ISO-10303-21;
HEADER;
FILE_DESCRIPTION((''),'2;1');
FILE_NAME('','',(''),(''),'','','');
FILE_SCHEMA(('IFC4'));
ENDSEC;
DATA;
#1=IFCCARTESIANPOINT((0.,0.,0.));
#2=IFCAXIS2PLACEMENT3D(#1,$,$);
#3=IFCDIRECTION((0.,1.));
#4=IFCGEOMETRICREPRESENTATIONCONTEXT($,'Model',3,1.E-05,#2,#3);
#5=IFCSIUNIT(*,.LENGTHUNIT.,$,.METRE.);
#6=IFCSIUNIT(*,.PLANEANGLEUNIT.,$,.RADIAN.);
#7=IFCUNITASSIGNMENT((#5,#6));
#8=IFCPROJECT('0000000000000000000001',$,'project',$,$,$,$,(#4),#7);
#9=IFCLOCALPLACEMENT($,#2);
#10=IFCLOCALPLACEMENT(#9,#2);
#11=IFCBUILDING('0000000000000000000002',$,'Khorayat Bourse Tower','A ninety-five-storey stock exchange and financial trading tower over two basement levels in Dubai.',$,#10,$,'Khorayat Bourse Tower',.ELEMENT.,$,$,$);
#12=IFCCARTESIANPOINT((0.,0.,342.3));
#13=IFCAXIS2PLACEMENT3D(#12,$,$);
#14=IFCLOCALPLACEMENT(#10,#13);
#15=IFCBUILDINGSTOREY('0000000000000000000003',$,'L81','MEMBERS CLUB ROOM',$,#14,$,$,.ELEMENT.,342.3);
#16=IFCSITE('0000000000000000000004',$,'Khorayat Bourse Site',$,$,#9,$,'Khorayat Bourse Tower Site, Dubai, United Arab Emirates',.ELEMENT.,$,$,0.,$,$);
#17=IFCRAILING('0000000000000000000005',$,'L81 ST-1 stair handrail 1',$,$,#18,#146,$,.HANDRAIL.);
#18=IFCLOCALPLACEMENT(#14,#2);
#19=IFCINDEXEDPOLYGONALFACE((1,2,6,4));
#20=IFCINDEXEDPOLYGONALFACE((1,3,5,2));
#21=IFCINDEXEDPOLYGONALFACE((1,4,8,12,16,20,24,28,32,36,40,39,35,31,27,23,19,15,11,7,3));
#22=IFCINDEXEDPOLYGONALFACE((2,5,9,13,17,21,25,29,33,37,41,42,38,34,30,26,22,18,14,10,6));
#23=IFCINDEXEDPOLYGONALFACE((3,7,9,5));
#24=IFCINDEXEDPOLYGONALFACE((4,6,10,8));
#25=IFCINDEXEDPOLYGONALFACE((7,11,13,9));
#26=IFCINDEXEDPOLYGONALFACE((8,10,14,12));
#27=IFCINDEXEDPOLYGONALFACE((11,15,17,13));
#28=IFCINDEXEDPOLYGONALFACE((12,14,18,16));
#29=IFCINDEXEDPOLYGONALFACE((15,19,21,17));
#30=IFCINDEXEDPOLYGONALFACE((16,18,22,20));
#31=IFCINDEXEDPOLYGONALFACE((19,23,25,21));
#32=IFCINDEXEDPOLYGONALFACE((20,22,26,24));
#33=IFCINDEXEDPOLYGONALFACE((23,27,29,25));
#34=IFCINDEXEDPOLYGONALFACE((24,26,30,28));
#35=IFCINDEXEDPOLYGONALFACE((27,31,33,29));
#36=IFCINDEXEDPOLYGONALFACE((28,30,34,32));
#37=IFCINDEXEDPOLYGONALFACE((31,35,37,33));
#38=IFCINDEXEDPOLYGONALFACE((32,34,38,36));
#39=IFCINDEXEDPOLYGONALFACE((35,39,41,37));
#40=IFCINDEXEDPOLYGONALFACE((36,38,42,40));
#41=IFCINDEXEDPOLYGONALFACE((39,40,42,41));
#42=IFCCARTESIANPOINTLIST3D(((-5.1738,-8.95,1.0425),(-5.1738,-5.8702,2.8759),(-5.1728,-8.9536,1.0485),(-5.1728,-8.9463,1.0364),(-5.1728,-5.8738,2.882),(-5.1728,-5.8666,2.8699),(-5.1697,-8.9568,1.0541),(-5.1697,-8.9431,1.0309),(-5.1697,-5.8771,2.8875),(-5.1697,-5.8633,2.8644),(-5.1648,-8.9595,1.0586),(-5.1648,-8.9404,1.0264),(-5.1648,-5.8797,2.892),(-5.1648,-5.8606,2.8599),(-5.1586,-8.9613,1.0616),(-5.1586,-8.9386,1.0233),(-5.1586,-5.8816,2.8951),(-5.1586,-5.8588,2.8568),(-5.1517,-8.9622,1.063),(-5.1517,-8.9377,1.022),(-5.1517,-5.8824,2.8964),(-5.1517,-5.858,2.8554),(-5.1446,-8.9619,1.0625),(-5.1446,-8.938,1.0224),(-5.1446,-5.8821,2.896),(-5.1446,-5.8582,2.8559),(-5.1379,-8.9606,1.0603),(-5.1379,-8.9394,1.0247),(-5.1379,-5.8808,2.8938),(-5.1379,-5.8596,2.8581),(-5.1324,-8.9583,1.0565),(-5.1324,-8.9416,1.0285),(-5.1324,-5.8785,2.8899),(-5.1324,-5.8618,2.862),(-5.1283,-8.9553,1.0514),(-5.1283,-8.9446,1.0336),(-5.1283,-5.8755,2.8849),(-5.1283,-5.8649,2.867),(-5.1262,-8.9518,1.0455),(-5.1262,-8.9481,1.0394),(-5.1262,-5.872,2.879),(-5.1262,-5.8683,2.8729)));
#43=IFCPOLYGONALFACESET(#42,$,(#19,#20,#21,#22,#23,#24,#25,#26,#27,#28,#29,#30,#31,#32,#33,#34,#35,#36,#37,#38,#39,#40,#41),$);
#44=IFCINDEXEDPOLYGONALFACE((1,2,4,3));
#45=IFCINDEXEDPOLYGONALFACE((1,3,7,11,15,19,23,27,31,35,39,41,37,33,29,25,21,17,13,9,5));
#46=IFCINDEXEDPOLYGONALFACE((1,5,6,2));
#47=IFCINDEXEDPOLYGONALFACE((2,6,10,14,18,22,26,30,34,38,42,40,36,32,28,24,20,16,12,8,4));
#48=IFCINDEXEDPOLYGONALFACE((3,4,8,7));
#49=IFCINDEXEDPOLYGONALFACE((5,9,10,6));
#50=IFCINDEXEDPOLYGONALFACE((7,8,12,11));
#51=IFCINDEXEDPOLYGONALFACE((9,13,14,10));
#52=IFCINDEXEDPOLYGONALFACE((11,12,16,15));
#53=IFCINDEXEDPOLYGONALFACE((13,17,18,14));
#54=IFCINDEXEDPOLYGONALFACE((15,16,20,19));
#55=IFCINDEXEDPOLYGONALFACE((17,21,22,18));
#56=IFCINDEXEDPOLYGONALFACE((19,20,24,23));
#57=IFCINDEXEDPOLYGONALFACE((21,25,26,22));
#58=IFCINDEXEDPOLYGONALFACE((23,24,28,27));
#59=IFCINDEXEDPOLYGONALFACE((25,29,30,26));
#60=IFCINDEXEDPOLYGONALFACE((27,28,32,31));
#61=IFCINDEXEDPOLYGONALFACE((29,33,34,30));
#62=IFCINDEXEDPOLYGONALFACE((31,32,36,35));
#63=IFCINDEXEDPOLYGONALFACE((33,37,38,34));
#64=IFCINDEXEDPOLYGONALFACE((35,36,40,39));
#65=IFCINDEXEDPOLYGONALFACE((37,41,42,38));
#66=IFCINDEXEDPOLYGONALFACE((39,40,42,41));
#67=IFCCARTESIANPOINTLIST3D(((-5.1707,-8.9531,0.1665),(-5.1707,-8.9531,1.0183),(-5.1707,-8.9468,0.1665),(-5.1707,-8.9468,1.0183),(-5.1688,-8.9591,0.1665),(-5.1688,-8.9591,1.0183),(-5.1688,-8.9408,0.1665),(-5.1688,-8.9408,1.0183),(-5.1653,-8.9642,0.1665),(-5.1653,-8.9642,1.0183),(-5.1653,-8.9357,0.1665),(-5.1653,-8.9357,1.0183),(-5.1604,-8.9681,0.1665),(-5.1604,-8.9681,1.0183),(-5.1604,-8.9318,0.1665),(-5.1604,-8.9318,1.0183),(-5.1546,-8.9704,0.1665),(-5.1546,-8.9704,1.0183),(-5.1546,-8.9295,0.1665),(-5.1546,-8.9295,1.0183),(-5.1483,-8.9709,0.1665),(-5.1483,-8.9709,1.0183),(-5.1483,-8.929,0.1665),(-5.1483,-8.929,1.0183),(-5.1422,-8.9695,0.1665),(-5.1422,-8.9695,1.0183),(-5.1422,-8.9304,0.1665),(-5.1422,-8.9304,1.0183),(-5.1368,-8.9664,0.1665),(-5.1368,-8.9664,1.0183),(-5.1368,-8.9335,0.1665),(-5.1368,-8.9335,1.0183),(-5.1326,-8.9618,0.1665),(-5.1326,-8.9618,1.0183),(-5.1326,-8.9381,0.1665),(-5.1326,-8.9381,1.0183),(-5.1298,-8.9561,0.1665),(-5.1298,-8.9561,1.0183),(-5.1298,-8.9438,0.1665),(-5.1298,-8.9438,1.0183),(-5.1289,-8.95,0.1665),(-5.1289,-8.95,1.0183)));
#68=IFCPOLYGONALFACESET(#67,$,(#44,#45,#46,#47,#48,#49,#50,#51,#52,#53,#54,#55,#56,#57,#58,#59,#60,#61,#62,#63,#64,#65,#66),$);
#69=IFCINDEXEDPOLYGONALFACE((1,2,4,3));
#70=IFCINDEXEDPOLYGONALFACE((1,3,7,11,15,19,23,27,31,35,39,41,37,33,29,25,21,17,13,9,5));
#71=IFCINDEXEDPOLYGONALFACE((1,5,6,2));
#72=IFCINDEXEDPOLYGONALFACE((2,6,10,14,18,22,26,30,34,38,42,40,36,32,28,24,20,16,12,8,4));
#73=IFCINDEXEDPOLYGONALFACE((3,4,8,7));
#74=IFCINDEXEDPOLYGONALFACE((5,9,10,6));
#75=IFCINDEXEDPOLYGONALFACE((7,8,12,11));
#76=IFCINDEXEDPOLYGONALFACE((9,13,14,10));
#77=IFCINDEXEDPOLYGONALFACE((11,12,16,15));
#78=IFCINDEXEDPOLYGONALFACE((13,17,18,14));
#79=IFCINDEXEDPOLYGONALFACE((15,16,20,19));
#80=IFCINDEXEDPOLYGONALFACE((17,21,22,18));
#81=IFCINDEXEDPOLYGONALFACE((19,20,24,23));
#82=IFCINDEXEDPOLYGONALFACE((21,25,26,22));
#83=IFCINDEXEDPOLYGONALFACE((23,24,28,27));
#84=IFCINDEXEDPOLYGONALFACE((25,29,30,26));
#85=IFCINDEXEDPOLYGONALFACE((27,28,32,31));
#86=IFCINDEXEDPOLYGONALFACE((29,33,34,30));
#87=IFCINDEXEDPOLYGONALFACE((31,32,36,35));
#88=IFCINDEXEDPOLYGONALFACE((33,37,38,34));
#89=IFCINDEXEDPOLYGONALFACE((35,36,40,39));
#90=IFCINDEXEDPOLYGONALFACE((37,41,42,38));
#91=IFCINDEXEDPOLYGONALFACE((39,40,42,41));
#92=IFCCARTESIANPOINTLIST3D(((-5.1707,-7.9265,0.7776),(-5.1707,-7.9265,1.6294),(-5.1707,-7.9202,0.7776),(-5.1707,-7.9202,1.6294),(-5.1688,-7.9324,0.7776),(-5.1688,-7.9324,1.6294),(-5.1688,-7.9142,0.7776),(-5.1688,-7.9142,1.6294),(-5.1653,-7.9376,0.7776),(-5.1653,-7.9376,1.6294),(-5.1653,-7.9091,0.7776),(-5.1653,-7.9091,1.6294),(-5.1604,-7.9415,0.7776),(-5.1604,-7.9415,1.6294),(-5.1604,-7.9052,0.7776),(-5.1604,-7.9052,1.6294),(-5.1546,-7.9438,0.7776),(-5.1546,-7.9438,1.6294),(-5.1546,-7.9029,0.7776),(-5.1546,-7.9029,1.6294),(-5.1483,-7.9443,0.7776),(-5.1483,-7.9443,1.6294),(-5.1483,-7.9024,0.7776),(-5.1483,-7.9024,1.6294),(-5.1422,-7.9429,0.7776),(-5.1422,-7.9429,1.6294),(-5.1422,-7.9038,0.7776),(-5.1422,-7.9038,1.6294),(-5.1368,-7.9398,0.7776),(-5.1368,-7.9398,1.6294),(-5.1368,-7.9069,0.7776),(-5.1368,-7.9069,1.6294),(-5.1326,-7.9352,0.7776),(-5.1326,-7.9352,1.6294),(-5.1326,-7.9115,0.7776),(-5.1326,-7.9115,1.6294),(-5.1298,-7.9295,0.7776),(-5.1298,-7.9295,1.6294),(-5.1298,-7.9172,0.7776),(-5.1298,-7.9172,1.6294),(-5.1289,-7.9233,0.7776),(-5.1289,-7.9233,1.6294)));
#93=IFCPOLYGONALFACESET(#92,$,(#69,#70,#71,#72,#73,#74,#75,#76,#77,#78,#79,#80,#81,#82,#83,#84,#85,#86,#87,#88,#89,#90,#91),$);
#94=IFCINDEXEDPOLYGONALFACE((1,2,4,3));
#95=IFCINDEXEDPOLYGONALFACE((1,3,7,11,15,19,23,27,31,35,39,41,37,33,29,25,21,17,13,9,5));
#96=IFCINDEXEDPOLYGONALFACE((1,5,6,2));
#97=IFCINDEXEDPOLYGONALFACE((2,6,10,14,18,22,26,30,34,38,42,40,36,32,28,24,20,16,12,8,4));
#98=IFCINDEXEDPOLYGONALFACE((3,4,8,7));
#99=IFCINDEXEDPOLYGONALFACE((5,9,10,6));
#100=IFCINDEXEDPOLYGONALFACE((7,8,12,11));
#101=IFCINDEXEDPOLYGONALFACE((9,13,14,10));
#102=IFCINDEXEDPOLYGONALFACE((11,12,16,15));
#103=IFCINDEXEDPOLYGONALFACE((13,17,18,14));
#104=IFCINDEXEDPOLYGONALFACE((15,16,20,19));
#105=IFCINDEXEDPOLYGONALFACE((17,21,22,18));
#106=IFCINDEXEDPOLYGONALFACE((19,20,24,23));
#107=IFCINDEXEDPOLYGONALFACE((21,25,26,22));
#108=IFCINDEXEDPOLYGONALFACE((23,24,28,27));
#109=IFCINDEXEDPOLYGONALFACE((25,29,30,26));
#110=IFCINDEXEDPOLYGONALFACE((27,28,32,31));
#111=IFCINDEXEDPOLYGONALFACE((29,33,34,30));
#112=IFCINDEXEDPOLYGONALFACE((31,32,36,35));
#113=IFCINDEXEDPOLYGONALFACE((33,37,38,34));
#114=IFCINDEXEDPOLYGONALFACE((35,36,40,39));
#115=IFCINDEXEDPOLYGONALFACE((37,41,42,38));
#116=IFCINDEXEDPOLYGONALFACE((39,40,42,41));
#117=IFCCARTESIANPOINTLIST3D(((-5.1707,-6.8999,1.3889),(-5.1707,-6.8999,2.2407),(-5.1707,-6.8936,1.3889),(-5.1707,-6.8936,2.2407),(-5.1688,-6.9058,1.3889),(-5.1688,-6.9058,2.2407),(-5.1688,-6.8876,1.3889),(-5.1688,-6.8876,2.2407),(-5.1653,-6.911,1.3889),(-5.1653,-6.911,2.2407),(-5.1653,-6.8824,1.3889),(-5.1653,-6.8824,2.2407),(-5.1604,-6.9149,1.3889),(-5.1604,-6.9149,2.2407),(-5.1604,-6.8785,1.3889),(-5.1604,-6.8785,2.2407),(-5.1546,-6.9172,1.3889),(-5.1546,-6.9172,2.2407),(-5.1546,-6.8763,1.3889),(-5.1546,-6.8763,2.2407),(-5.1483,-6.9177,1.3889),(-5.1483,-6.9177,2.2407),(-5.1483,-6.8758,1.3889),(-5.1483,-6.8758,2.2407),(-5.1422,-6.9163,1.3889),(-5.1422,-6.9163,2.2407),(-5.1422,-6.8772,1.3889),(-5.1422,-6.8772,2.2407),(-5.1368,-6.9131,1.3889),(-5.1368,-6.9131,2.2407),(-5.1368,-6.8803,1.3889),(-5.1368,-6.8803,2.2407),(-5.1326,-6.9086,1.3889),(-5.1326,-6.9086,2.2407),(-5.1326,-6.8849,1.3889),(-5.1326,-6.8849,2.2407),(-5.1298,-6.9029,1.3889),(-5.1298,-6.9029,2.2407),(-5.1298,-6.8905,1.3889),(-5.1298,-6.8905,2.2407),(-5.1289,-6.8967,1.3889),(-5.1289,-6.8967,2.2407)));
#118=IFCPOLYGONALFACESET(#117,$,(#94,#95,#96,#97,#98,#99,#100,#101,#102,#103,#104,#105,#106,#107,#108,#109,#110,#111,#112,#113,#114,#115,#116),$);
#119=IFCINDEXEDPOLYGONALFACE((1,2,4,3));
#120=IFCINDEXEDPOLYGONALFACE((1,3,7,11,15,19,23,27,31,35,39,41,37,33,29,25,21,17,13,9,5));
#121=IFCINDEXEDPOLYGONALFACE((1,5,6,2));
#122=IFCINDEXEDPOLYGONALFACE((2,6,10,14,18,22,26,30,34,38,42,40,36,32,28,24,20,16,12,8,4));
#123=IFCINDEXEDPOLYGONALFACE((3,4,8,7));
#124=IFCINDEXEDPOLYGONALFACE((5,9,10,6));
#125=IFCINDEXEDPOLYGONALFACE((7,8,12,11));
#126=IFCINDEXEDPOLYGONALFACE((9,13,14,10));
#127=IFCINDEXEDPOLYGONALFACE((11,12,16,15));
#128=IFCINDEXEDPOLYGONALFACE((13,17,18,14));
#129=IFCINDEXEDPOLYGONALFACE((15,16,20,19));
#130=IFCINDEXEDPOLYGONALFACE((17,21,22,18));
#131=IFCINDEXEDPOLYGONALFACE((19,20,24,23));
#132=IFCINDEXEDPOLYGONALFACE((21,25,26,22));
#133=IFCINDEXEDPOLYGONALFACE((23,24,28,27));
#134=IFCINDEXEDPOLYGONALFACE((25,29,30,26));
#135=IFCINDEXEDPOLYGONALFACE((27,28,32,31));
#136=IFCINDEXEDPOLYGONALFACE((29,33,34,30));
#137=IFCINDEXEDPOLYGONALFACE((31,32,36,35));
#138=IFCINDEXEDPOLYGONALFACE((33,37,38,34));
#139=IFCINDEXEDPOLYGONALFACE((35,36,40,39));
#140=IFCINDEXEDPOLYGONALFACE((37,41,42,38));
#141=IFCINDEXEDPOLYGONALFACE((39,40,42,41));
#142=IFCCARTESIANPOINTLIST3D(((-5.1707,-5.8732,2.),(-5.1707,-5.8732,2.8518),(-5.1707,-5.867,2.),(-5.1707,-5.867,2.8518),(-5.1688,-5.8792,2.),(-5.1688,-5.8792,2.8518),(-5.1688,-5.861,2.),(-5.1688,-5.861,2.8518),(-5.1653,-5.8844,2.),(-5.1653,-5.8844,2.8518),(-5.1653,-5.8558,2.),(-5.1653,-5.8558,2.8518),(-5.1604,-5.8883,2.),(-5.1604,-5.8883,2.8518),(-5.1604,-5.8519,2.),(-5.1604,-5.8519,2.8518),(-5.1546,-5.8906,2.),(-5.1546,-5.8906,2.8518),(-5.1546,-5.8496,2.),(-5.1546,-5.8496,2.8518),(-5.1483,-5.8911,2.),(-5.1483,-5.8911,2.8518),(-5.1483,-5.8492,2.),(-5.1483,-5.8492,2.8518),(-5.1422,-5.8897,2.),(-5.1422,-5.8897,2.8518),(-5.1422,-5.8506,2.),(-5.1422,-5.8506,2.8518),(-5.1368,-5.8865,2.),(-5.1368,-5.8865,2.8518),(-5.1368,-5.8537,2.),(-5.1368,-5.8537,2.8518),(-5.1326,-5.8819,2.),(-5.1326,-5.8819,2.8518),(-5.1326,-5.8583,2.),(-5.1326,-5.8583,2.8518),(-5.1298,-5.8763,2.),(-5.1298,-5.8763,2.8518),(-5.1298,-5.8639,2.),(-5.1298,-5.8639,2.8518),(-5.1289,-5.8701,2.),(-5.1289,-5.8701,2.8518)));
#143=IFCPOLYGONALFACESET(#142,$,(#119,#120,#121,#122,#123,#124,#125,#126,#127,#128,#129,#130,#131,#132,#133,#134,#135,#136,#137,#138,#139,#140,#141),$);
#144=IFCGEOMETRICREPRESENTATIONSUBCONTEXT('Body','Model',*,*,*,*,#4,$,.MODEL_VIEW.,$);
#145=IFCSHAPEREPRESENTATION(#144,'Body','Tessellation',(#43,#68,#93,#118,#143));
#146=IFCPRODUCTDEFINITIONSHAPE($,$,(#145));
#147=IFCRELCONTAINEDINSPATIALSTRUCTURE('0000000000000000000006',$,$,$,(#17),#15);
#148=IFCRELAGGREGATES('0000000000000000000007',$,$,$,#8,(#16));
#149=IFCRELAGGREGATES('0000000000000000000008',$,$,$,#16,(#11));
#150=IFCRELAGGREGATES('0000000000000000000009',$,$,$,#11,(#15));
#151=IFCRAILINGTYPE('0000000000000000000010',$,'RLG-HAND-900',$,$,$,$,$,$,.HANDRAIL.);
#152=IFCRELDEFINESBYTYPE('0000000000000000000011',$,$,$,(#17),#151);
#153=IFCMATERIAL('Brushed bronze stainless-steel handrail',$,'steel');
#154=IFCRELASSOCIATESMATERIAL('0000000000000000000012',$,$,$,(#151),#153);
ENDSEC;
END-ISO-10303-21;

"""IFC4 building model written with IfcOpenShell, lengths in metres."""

from ifc_helpers import new_model, si_unit, direction, frame, origin, origin_2d, place, context, subcontext, project, spatial, circle, extrude, source, transform, mapped, material, type_object, element, save


model = new_model("IFC4")

# Units and contexts
model_context = context("Model", 3, precision=1e-05, world=origin(), true_north=direction((0.0, 1.0)))
body_context = subcontext(model_context, "Body", "Model", "MODEL_VIEW")
ifc_project = project(units=[si_unit("LENGTHUNIT", "METRE"), si_unit("PLANEANGLEUNIT", "RADIAN")], contexts=[model_context])

# Site, building, storey
site_placement = place(None, origin())
site = spatial("IfcSite", under=ifc_project, at=site_placement, Name="Khorayat Bourse Site", LongName="Khorayat Bourse Tower Site, Dubai, United Arab Emirates", CompositionType="ELEMENT", RefElevation=0.0)
building_placement = place(site_placement, origin())
building = spatial("IfcBuilding", under=site, at=building_placement, Name="Khorayat Bourse Tower", Description="A ninety-five-storey stock exchange and financial trading tower over two basement levels in Dubai.", LongName="Khorayat Bourse Tower", CompositionType="ELEMENT")
storey_placement = place(building_placement, frame((0.0, 0.0, 342.3)))
storey = spatial("IfcBuildingStorey", under=building, at=storey_placement, Name="L81", Description="MEMBERS CLUB ROOM", CompositionType="ELEMENT", Elevation=342.3)

# Railing
ifc_material_1 = material(Name="Brushed bronze stainless-steel handrail", Category="steel")
railing_type_1 = type_object("IfcRailingType", Name="RLG-HAND-900", PredefinedType="HANDRAIL", material=ifc_material_1)
shared_shape_1 = source(origin(), body_context, "Body", "SweptSolid", [
    extrude(circle(Radius=0.0239, at=origin_2d()), frame((0.0, 0.0, 0.876), z_axis=(0.0, 0.859261, 0.511538), x_axis=(-1.0, 0.0, 0.0)), (0.0, 0.0, 1.0), 3.5842),
    extrude(circle(Radius=0.021, at=origin_2d()), origin(), (0.0, 0.0, 1.0), 0.8518),
    extrude(circle(Radius=0.021, at=origin_2d()), frame((0.0, 1.0266, 0.6111)), (0.0, 0.0, 1.0), 0.8518),
    extrude(circle(Radius=0.021, at=origin_2d()), frame((0.0, 2.0532, 1.2224)), (0.0, 0.0, 1.0), 0.8518),
    extrude(circle(Radius=0.021, at=origin_2d()), frame((0.0, 3.0798, 1.8335)), (0.0, 0.0, 1.0), 0.8518),
])
railing_1_placement = place(storey_placement, frame((-5.1499, -8.95, 0.1665)))
element("IfcRailing", 1, at=railing_1_placement, inside=storey, type_object=railing_type_1, Name="L81 ST-1 stair handrail 1", PredefinedType="HANDRAIL", context=body_context, shape_type="MappedRepresentation", body=[
    mapped(shared_shape_1, transform((0.0, 0.0, 0.0), scale=1.0)),
])

save(model, "model.ifc")
